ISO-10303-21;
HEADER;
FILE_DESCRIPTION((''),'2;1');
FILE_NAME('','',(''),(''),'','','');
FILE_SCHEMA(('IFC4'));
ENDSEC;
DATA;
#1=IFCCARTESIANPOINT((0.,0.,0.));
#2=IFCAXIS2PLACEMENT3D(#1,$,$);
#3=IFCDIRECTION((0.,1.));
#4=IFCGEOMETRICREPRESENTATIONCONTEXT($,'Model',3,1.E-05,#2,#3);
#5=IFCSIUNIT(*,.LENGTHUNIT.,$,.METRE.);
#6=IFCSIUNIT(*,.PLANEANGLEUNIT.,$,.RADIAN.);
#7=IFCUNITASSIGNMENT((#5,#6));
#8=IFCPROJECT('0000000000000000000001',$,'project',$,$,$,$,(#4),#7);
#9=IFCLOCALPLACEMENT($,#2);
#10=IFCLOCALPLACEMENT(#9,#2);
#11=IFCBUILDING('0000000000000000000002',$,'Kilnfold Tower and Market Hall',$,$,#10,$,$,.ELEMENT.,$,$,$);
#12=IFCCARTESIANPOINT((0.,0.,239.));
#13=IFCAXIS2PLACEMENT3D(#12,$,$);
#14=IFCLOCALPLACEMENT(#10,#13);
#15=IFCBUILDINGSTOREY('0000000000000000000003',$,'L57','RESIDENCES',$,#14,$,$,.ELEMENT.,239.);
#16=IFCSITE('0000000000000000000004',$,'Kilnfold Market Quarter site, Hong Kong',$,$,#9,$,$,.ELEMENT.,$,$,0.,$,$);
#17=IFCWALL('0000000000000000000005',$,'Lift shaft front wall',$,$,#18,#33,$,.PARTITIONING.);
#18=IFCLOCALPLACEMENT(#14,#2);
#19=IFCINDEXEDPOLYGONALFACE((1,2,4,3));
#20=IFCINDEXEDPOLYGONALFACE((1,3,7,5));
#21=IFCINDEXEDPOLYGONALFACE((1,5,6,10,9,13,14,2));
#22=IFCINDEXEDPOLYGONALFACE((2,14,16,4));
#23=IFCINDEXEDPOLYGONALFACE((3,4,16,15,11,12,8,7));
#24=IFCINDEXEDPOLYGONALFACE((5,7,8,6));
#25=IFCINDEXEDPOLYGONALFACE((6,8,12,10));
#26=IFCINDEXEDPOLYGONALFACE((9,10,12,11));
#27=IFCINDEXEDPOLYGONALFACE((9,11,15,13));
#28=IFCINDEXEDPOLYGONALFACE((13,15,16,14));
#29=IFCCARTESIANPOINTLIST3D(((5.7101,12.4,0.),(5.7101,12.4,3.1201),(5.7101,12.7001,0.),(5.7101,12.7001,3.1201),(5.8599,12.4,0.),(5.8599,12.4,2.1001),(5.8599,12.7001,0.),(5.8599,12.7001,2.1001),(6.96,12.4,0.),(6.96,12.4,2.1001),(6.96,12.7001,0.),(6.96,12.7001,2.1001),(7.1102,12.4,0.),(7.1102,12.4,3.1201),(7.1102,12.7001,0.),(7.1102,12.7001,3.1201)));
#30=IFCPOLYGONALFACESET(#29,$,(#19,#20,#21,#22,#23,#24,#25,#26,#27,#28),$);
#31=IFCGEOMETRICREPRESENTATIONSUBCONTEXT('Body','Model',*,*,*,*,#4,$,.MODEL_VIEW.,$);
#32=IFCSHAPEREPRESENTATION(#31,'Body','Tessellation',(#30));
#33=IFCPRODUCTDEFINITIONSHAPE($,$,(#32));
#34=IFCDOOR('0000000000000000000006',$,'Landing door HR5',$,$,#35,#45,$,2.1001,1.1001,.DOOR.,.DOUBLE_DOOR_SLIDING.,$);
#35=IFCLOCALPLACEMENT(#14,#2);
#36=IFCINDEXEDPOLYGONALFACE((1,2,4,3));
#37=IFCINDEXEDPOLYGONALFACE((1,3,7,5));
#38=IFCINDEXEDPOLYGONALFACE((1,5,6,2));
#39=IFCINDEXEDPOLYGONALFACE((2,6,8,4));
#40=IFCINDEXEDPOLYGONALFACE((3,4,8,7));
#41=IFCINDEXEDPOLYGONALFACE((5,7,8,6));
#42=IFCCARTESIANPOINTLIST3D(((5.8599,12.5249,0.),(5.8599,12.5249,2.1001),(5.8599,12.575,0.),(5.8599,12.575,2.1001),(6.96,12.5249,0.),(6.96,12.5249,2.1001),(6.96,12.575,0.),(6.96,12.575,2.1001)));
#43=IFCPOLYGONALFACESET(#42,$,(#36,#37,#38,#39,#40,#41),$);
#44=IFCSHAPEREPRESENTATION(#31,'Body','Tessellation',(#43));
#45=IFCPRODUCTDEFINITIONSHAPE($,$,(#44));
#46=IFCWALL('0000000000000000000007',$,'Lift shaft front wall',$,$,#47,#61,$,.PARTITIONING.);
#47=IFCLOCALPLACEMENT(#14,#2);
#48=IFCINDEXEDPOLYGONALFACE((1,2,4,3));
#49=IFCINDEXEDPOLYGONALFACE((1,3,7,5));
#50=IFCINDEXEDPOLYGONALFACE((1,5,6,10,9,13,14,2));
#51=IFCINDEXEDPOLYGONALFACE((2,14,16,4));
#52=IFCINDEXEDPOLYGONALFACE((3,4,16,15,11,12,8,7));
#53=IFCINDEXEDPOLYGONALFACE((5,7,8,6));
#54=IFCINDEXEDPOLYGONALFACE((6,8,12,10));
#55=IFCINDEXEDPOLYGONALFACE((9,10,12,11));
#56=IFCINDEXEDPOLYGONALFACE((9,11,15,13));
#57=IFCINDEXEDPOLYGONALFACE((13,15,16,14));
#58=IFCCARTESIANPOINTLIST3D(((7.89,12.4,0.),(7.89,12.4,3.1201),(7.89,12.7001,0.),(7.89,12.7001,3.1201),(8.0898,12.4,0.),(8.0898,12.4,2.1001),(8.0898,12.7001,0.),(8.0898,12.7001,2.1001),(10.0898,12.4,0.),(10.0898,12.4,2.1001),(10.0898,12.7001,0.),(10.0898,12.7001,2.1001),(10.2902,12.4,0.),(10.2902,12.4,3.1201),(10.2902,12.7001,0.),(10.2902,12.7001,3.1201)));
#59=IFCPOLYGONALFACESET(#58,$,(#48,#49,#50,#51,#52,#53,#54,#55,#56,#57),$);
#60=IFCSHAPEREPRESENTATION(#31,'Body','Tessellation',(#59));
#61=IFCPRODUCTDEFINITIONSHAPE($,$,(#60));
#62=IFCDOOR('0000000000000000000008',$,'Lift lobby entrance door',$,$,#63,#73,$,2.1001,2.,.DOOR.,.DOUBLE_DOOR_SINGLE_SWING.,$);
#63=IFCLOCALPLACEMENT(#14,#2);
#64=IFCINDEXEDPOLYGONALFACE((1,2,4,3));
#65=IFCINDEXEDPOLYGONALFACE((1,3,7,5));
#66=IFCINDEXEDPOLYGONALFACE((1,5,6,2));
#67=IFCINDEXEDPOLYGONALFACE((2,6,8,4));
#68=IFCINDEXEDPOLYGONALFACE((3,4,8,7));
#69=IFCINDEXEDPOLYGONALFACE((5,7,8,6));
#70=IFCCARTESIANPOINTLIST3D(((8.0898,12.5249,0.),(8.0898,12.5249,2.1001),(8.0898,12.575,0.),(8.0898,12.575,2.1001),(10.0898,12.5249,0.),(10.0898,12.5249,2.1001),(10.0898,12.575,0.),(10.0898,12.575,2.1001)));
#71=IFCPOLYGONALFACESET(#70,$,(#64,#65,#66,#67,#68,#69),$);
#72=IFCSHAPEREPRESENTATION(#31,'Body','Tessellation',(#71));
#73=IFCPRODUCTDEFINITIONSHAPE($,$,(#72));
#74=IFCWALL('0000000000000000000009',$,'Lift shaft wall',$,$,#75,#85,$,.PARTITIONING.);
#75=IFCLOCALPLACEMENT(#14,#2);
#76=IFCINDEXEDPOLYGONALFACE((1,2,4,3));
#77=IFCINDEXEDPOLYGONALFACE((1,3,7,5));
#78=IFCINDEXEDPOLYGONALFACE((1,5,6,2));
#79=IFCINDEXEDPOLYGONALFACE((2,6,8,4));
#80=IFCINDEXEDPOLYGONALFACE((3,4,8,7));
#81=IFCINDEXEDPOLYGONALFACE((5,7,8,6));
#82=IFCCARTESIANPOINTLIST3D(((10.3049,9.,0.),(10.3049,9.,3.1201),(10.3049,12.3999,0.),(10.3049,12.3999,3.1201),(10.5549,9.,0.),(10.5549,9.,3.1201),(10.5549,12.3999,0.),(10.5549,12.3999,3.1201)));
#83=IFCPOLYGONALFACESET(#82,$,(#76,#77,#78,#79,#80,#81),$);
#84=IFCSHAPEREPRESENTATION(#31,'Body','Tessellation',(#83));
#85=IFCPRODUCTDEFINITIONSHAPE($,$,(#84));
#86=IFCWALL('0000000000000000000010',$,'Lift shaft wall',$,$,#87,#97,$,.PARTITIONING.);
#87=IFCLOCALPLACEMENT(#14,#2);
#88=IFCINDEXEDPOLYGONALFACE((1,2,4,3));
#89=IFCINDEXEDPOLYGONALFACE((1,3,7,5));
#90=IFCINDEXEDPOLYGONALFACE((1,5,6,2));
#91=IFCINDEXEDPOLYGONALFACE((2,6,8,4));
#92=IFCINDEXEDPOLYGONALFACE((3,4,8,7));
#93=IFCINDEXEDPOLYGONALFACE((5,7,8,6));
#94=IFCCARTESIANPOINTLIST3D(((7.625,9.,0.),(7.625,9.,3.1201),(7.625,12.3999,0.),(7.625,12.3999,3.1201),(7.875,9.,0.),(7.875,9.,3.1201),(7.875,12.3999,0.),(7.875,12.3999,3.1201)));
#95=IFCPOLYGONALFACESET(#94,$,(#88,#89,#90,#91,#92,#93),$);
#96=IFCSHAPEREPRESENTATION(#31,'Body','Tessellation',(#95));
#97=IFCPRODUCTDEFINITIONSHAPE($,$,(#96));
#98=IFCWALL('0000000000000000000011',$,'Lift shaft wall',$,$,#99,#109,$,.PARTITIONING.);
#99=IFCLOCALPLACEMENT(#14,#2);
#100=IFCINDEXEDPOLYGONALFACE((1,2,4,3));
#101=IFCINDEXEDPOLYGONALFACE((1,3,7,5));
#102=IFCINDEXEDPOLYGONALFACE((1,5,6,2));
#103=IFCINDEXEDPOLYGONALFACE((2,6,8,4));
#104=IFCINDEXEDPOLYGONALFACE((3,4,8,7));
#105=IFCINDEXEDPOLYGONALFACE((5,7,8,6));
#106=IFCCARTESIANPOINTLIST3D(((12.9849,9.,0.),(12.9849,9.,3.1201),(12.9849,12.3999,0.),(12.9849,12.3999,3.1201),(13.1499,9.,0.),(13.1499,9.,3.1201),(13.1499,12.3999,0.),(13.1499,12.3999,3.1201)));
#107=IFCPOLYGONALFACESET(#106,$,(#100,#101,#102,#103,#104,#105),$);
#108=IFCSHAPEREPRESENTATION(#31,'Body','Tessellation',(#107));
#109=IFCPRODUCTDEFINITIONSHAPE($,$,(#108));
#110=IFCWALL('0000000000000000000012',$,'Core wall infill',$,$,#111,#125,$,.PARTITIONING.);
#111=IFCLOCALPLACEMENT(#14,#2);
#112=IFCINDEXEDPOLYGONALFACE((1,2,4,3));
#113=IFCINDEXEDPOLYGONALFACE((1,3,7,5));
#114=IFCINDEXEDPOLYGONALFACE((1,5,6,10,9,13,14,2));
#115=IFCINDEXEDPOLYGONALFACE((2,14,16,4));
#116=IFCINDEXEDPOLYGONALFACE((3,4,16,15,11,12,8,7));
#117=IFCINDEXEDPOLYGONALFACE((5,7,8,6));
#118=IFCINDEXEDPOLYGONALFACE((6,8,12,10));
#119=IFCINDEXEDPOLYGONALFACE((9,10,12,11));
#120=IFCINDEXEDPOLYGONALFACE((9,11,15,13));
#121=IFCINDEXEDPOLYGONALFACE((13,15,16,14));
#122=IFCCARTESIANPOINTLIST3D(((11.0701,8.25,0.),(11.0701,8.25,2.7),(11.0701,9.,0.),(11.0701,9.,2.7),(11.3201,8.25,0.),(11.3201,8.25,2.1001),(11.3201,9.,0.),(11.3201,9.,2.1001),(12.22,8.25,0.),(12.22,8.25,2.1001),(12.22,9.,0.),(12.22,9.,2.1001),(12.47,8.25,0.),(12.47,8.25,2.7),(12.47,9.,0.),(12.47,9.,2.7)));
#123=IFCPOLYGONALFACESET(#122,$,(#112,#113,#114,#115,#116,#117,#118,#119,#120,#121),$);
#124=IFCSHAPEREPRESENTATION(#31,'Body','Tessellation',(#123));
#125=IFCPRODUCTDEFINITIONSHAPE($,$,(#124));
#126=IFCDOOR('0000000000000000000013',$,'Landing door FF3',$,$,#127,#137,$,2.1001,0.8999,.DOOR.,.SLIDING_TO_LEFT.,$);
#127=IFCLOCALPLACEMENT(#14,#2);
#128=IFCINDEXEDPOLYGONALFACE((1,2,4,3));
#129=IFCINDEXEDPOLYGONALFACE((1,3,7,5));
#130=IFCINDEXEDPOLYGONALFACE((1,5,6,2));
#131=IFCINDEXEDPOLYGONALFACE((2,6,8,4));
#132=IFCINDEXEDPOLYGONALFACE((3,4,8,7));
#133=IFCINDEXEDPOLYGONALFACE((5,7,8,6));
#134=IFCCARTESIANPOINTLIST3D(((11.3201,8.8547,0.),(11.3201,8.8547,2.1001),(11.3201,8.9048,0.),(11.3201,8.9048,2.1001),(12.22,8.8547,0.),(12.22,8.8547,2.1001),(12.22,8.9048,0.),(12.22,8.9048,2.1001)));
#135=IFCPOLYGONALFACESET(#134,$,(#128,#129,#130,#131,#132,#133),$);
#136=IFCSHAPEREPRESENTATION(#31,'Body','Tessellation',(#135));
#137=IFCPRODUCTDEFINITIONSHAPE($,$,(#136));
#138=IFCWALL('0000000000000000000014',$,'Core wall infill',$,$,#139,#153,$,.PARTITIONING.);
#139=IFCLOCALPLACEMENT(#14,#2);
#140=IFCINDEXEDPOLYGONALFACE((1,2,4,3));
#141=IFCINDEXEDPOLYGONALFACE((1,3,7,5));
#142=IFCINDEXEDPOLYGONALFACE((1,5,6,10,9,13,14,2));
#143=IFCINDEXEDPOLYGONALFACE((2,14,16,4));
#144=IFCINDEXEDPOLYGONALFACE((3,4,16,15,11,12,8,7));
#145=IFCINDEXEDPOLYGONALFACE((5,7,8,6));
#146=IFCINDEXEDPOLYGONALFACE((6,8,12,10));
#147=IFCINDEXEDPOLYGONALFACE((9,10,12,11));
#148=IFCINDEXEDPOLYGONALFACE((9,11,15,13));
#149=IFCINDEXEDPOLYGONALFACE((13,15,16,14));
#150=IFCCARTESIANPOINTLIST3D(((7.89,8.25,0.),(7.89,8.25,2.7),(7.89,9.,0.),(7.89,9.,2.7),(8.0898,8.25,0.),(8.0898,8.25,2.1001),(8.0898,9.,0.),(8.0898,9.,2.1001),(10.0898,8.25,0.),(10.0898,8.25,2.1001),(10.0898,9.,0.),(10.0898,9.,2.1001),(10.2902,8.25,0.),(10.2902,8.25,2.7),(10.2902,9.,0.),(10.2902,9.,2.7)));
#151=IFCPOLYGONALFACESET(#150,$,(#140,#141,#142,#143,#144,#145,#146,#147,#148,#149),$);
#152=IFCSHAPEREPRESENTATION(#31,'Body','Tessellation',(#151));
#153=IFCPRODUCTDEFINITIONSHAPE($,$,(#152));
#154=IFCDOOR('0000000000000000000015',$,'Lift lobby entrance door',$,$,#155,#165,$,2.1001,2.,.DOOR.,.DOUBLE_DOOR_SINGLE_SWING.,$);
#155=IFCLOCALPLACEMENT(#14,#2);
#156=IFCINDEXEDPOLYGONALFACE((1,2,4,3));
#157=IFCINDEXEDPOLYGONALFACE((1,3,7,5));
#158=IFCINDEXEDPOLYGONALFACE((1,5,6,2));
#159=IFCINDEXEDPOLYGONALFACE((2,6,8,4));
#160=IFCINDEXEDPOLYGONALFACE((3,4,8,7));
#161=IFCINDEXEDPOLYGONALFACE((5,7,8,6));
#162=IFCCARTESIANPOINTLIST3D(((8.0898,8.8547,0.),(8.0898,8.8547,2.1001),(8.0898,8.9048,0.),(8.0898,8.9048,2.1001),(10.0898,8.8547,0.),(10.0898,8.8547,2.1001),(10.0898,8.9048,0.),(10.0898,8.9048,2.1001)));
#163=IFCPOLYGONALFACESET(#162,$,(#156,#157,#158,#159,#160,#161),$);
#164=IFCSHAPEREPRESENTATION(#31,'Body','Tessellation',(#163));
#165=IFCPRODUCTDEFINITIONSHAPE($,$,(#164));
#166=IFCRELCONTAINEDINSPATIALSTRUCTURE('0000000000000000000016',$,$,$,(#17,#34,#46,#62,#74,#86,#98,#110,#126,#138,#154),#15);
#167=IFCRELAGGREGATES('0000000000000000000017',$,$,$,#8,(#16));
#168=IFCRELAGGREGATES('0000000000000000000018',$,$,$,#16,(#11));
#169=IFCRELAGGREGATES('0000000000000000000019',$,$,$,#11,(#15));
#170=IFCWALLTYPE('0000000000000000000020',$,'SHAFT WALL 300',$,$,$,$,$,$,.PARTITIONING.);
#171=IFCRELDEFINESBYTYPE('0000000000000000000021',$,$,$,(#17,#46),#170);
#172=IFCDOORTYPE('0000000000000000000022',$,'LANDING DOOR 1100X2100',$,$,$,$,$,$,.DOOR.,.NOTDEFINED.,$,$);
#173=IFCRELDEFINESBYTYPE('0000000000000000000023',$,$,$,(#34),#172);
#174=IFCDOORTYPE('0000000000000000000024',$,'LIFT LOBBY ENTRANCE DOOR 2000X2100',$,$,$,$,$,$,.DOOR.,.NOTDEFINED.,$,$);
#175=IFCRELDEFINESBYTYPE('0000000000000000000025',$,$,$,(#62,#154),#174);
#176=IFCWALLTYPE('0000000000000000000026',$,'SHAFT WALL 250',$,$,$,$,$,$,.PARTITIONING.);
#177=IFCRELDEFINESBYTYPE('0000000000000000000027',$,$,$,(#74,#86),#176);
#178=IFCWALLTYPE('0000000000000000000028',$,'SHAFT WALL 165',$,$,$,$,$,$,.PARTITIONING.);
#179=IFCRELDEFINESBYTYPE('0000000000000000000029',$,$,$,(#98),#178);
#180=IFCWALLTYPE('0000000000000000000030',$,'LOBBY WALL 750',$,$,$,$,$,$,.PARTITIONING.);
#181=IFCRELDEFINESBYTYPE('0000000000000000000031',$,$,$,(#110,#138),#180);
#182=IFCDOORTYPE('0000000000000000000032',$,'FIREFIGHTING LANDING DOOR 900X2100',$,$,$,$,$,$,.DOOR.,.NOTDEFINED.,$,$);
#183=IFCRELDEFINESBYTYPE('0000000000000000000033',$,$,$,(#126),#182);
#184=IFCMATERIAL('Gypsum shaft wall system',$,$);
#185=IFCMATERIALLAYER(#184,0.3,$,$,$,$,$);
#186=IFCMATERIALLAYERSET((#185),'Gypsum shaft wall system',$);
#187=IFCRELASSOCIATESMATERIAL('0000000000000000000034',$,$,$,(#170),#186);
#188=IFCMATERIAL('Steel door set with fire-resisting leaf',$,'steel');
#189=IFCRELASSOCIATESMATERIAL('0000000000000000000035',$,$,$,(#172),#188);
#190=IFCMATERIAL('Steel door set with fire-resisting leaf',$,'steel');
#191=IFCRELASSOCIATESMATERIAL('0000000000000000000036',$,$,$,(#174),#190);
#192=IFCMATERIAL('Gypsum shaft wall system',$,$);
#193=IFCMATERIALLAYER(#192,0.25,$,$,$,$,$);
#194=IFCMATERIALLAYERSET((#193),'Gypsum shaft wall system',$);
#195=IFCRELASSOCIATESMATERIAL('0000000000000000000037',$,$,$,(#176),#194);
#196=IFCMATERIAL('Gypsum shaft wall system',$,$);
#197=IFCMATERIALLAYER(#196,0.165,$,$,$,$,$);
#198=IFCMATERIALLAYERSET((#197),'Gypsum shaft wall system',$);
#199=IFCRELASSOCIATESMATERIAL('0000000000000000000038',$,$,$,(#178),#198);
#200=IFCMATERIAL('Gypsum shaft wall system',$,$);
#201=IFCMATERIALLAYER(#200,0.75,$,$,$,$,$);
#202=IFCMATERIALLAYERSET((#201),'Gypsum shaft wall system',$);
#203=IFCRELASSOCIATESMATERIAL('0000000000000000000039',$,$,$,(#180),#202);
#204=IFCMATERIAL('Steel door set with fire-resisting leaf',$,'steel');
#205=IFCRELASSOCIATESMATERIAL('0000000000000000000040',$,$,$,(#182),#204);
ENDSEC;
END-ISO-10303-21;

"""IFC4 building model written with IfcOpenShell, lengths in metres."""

from ifc_helpers import new_model, si_unit, direction, frame, frame_2d, origin, place, context, subcontext, project, spatial, rectangle, extrude, source, transform, mapped, material, layer, layer_set, type_object, element, fill, save


model = new_model("IFC4")

# Units and contexts
model_context = context("Model", 3, precision=1e-05, world=origin(), true_north=direction((0.0, 1.0)))
body_context = subcontext(model_context, "Body", "Model", "MODEL_VIEW")
ifc_project = project(units=[si_unit("LENGTHUNIT", "METRE"), si_unit("PLANEANGLEUNIT", "RADIAN")], contexts=[model_context])

# Site, building, storey
site_placement = place(None, origin())
site = spatial("IfcSite", under=ifc_project, at=site_placement, Name="Kilnfold Market Quarter site, Hong Kong", CompositionType="ELEMENT", RefElevation=0.0)
building_placement = place(site_placement, origin())
building = spatial("IfcBuilding", under=site, at=building_placement, Name="Kilnfold Tower and Market Hall", CompositionType="ELEMENT")
storey_placement = place(building_placement, frame((0.0, 0.0, 239.0)))
storey = spatial("IfcBuildingStorey", under=building, at=storey_placement, Name="L57", Description="RESIDENCES", CompositionType="ELEMENT", Elevation=239.0)

# Walls, openings, doors
ifc_material_1 = material(Name="Gypsum shaft wall system")
ifc_layer_1 = layer(ifc_material_1, 0.3)
ifc_layer_set_1 = layer_set([ifc_layer_1], Name="Gypsum shaft wall system")
wall_type_1 = type_object("IfcWallType", Name="SHAFT WALL 300", PredefinedType="PARTITIONING", material=ifc_layer_set_1)
shared_shape_1 = source(origin(), body_context, "Body", "SweptSolid", [
    extrude(rectangle(XDim=1.4001, YDim=0.3, at=frame_2d((0.7002, 0.0))), origin(), (0.0, 0.0, 1.0), 3.1201),
])
wall_1_placement = place(storey_placement, frame((5.71, 12.55, 0.0), z_axis=(0.0, 0.0, 1.0), x_axis=(1.0, 0.0, 0.0)))
wall_1 = element("IfcWall", 1, at=wall_1_placement, inside=storey, type_object=wall_type_1, Name="Lift shaft front wall", PredefinedType="PARTITIONING", context=body_context, shape_type="MappedRepresentation", body=[
    mapped(shared_shape_1, transform((0.0, 0.0, 0.0))),
])
opening_1_placement = place(wall_1_placement, frame((0.1499, 0.0, 0.0)))
opening_1 = element("IfcOpeningElement", 2, at=opening_1_placement, cuts=wall_1, PredefinedType="OPENING", context=body_context, shape_type="SweptSolid", body=[
    extrude(rectangle(XDim=1.1001, YDim=2.1001, at=frame_2d((0.55, 1.05))), frame((0.0, 0.1602, 0.0), z_axis=(0.0, -1.0, 0.0), x_axis=(1.0, 0.0, 0.0)), (0.0, 0.0, 1.0), 0.3201),
])
ifc_material_2 = material(Name="Steel door set with fire-resisting leaf", Category="steel")
door_type_1 = type_object("IfcDoorType", Name="LANDING DOOR 1100X2100", OperationType="NOTDEFINED", PredefinedType="DOOR", material=ifc_material_2)
door_1_placement = place(opening_1_placement, origin())
door_1 = element("IfcDoor", 3, at=door_1_placement, inside=storey, type_object=door_type_1, Name="Landing door HR5", OperationType="DOUBLE_DOOR_SLIDING", OverallHeight=2.1001, OverallWidth=1.1001, PredefinedType="DOOR", context=body_context, shape_type="SweptSolid", body=[
    extrude(rectangle(XDim=1.1001, YDim=2.1001, at=frame_2d((0.55, 1.05))), frame((0.0, 0.0249, 0.0), z_axis=(0.0, -1.0, 0.0), x_axis=(1.0, 0.0, 0.0)), (0.0, 0.0, 1.0), 0.05),
])
fill(opening_1, door_1)
shared_shape_2 = source(origin(), body_context, "Body", "SweptSolid", [
    extrude(rectangle(XDim=2.4001, YDim=0.3, at=frame_2d((1.2002, 0.0))), origin(), (0.0, 0.0, 1.0), 3.1201),
])
wall_2_placement = place(storey_placement, frame((7.8899, 12.55, 0.0), z_axis=(0.0, 0.0, 1.0), x_axis=(1.0, 0.0, 0.0)))
wall_2 = element("IfcWall", 4, at=wall_2_placement, inside=storey, type_object=wall_type_1, Name="Lift shaft front wall", PredefinedType="PARTITIONING", context=body_context, shape_type="MappedRepresentation", body=[
    mapped(shared_shape_2, transform((0.0, 0.0, 0.0))),
])
opening_2_placement = place(wall_2_placement, frame((0.2, 0.0, 0.0)))
opening_2 = element("IfcOpeningElement", 5, at=opening_2_placement, cuts=wall_2, PredefinedType="OPENING", context=body_context, shape_type="SweptSolid", body=[
    extrude(rectangle(XDim=2.0, YDim=2.1001, at=frame_2d((1.0, 1.05))), frame((0.0, 0.1602, 0.0), z_axis=(0.0, -1.0, 0.0), x_axis=(1.0, 0.0, 0.0)), (0.0, 0.0, 1.0), 0.3201),
])
ifc_material_3 = material(Name="Steel door set with fire-resisting leaf", Category="steel")
door_type_2 = type_object("IfcDoorType", Name="LIFT LOBBY ENTRANCE DOOR 2000X2100", OperationType="NOTDEFINED", PredefinedType="DOOR", material=ifc_material_3)
door_2_placement = place(opening_2_placement, origin())
door_2 = element("IfcDoor", 6, at=door_2_placement, inside=storey, type_object=door_type_2, Name="Lift lobby entrance door", OperationType="DOUBLE_DOOR_SINGLE_SWING", OverallHeight=2.1001, OverallWidth=2.0, PredefinedType="DOOR", context=body_context, shape_type="SweptSolid", body=[
    extrude(rectangle(XDim=2.0, YDim=2.1001, at=frame_2d((1.0, 1.05))), frame((0.0, 0.0249, 0.0), z_axis=(0.0, -1.0, 0.0), x_axis=(1.0, 0.0, 0.0)), (0.0, 0.0, 1.0), 0.05),
])
fill(opening_2, door_2)

# Walls
ifc_material_4 = material(Name="Gypsum shaft wall system")
ifc_layer_2 = layer(ifc_material_4, 0.25)
ifc_layer_set_2 = layer_set([ifc_layer_2], Name="Gypsum shaft wall system")
wall_type_2 = type_object("IfcWallType", Name="SHAFT WALL 250", PredefinedType="PARTITIONING", material=ifc_layer_set_2)
shared_shape_3 = source(origin(), body_context, "Body", "SweptSolid", [
    extrude(rectangle(XDim=3.3999, YDim=0.25, at=frame_2d((1.7, 0.0))), origin(), (0.0, 0.0, 1.0), 3.1201),
])
for number, where, z_axis, x_axis, name in (
    (7, (10.4299, 9.0, 0.0), (0.0, 0.0, 1.0), (0.0, 1.0, 0.0), "Lift shaft wall"),
    (8, (7.75, 9.0, 0.0), (0.0, 0.0, 1.0), (0.0, 1.0, 0.0), "Lift shaft wall"),
):
    element("IfcWall", number, at=place(storey_placement, frame(where, z_axis=z_axis, x_axis=x_axis)), inside=storey, type_object=wall_type_2, Name=name, PredefinedType="PARTITIONING", context=body_context, shape_type="MappedRepresentation", body=[
        mapped(shared_shape_3, transform((0.0, 0.0, 0.0))),
    ])
ifc_material_5 = material(Name="Gypsum shaft wall system")
ifc_layer_3 = layer(ifc_material_5, 0.165)
ifc_layer_set_3 = layer_set([ifc_layer_3], Name="Gypsum shaft wall system")
wall_type_3 = type_object("IfcWallType", Name="SHAFT WALL 165", PredefinedType="PARTITIONING", material=ifc_layer_set_3)
shared_shape_4 = source(origin(), body_context, "Body", "SweptSolid", [
    extrude(rectangle(XDim=3.3999, YDim=0.165, at=frame_2d((1.7, 0.0))), origin(), (0.0, 0.0, 1.0), 3.1201),
])
wall_3_placement = place(storey_placement, frame((13.0674, 9.0, 0.0), z_axis=(0.0, 0.0, 1.0), x_axis=(0.0, 1.0, 0.0)))
element("IfcWall", 9, at=wall_3_placement, inside=storey, type_object=wall_type_3, Name="Lift shaft wall", PredefinedType="PARTITIONING", context=body_context, shape_type="MappedRepresentation", body=[
    mapped(shared_shape_4, transform((0.0, 0.0, 0.0))),
])

# Walls, openings, doors
ifc_material_6 = material(Name="Gypsum shaft wall system")
ifc_layer_4 = layer(ifc_material_6, 0.75)
ifc_layer_set_4 = layer_set([ifc_layer_4], Name="Gypsum shaft wall system")
wall_type_4 = type_object("IfcWallType", Name="LOBBY WALL 750", PredefinedType="PARTITIONING", material=ifc_layer_set_4)
shared_shape_5 = source(origin(), body_context, "Body", "SweptSolid", [
    extrude(rectangle(XDim=1.3999, YDim=0.75, at=frame_2d((0.7, 0.0))), origin(), (0.0, 0.0, 1.0), 2.7),
])
wall_4_placement = place(storey_placement, frame((11.0701, 8.625, 0.0), z_axis=(0.0, 0.0, 1.0), x_axis=(1.0, 0.0, 0.0)))
wall_4 = element("IfcWall", 10, at=wall_4_placement, inside=storey, type_object=wall_type_4, Name="Core wall infill", PredefinedType="PARTITIONING", context=body_context, shape_type="MappedRepresentation", body=[
    mapped(shared_shape_5, transform((0.0, 0.0, 0.0))),
])
opening_3_placement = place(wall_4_placement, frame((0.25, 0.0, 0.0)))
opening_3 = element("IfcOpeningElement", 11, at=opening_3_placement, cuts=wall_4, PredefinedType="OPENING", context=body_context, shape_type="SweptSolid", body=[
    extrude(rectangle(XDim=0.8999, YDim=2.1001, at=frame_2d((0.45, 1.05))), frame((0.0, 0.385, 0.0), z_axis=(0.0, -1.0, 0.0), x_axis=(1.0, 0.0, 0.0)), (0.0, 0.0, 1.0), 0.77),
])
ifc_material_7 = material(Name="Steel door set with fire-resisting leaf", Category="steel")
door_type_3 = type_object("IfcDoorType", Name="FIREFIGHTING LANDING DOOR 900X2100", OperationType="NOTDEFINED", PredefinedType="DOOR", material=ifc_material_7)
door_3_placement = place(opening_3_placement, origin())
door_3 = element("IfcDoor", 12, at=door_3_placement, inside=storey, type_object=door_type_3, Name="Landing door FF3", OperationType="SLIDING_TO_LEFT", OverallHeight=2.1001, OverallWidth=0.8999, PredefinedType="DOOR", context=body_context, shape_type="SweptSolid", body=[
    extrude(rectangle(XDim=0.8999, YDim=2.1001, at=frame_2d((0.45, 1.05))), frame((0.0, 0.2798, 0.0), z_axis=(0.0, -1.0, 0.0), x_axis=(1.0, 0.0, 0.0)), (0.0, 0.0, 1.0), 0.05),
])
fill(opening_3, door_3)
shared_shape_6 = source(origin(), body_context, "Body", "SweptSolid", [
    extrude(rectangle(XDim=2.4001, YDim=0.75, at=frame_2d((1.2002, 0.0))), origin(), (0.0, 0.0, 1.0), 2.7),
])
wall_5_placement = place(storey_placement, frame((7.8899, 8.625, 0.0), z_axis=(0.0, 0.0, 1.0), x_axis=(1.0, 0.0, 0.0)))
wall_5 = element("IfcWall", 13, at=wall_5_placement, inside=storey, type_object=wall_type_4, Name="Core wall infill", PredefinedType="PARTITIONING", context=body_context, shape_type="MappedRepresentation", body=[
    mapped(shared_shape_6, transform((0.0, 0.0, 0.0))),
])
opening_4_placement = place(wall_5_placement, frame((0.2, 0.0, 0.0)))
opening_4 = element("IfcOpeningElement", 14, at=opening_4_placement, cuts=wall_5, PredefinedType="OPENING", context=body_context, shape_type="SweptSolid", body=[
    extrude(rectangle(XDim=2.0, YDim=2.1001, at=frame_2d((1.0, 1.05))), frame((0.0, 0.385, 0.0), z_axis=(0.0, -1.0, 0.0), x_axis=(1.0, 0.0, 0.0)), (0.0, 0.0, 1.0), 0.77),
])
door_4_placement = place(opening_4_placement, origin())
door_4 = element("IfcDoor", 15, at=door_4_placement, inside=storey, type_object=door_type_2, Name="Lift lobby entrance door", OperationType="DOUBLE_DOOR_SINGLE_SWING", OverallHeight=2.1001, OverallWidth=2.0, PredefinedType="DOOR", context=body_context, shape_type="SweptSolid", body=[
    extrude(rectangle(XDim=2.0, YDim=2.1001, at=frame_2d((1.0, 1.05))), frame((0.0, 0.2798, 0.0), z_axis=(0.0, -1.0, 0.0), x_axis=(1.0, 0.0, 0.0)), (0.0, 0.0, 1.0), 0.05),
])
fill(opening_4, door_4)

save(model, "model.ifc")
